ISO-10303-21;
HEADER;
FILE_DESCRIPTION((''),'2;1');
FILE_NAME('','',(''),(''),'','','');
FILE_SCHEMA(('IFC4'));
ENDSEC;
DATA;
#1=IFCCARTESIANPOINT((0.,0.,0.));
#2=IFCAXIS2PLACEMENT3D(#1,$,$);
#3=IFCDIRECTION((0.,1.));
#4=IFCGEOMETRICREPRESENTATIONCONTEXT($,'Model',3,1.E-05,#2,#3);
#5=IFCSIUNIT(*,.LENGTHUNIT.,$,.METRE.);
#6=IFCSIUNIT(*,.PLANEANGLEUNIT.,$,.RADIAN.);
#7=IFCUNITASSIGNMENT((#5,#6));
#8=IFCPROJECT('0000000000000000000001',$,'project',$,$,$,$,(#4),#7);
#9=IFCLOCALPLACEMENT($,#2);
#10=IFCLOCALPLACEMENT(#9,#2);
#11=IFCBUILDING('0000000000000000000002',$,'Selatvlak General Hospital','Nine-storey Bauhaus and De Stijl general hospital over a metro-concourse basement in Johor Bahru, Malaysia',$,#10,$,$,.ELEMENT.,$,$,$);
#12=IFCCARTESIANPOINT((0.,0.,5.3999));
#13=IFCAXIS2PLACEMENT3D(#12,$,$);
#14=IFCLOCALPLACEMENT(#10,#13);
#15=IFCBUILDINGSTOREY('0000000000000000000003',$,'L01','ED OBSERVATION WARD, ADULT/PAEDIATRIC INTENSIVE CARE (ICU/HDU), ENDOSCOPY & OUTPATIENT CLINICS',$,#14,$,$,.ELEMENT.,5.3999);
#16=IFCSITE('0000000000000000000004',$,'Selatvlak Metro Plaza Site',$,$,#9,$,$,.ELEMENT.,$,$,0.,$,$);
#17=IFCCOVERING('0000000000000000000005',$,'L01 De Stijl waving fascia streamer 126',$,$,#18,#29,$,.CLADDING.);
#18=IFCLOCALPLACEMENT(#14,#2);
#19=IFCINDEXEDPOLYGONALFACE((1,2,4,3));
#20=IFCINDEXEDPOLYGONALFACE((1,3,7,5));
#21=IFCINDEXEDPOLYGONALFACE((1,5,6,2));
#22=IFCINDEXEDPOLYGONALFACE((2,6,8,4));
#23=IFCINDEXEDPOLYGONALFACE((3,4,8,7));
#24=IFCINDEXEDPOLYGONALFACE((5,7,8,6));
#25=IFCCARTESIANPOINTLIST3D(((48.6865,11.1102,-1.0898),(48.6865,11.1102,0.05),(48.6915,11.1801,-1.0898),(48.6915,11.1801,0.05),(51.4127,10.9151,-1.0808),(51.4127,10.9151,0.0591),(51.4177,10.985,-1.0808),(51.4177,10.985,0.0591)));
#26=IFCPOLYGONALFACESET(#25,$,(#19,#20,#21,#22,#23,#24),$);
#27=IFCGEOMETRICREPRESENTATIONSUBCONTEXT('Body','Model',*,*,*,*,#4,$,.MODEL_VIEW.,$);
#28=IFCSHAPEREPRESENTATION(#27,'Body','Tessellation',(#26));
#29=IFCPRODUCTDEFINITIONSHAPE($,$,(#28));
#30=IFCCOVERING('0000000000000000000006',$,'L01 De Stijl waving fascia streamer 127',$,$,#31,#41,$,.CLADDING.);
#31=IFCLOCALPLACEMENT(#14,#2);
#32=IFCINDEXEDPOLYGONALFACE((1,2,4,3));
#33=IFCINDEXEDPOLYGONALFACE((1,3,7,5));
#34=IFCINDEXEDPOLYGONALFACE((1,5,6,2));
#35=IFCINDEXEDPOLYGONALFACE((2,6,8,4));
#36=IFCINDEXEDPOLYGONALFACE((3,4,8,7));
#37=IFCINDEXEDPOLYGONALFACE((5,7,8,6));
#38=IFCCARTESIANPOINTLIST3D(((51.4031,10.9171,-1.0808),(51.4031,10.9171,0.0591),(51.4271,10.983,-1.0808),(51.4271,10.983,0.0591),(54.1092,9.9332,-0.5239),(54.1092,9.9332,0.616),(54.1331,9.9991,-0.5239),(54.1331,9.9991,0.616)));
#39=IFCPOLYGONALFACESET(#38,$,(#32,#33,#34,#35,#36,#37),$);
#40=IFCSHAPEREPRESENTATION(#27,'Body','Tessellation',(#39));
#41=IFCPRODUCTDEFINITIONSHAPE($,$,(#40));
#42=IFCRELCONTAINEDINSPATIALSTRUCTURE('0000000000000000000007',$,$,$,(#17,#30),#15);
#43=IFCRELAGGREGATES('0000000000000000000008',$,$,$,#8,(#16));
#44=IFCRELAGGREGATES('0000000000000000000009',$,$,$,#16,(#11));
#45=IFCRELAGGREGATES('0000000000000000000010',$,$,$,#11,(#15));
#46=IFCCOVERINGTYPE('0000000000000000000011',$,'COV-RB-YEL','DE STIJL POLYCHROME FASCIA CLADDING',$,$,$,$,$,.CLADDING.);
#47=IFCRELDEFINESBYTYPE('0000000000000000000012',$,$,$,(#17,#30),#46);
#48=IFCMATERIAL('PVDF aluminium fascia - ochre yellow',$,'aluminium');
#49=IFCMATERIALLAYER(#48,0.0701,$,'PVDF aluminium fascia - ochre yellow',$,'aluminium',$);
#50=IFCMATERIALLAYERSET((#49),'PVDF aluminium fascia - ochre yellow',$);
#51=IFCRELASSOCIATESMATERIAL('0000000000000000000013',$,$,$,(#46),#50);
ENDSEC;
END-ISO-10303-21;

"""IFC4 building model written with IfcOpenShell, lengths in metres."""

from ifc_helpers import new_model, si_unit, direction, frame, origin, place, context, subcontext, project, spatial, polyline, outline, extrude, material, layer, layer_set, type_object, element, save


model = new_model("IFC4")

# Units and contexts
model_context = context("Model", 3, precision=1e-05, world=origin(), true_north=direction((0.0, 1.0)))
body_context = subcontext(model_context, "Body", "Model", "MODEL_VIEW")
ifc_project = project(units=[si_unit("LENGTHUNIT", "METRE"), si_unit("PLANEANGLEUNIT", "RADIAN")], contexts=[model_context])

# Site, building, storey
site_placement = place(None, origin())
site = spatial("IfcSite", under=ifc_project, at=site_placement, Name="Selatvlak Metro Plaza Site", CompositionType="ELEMENT", RefElevation=0.0)
building_placement = place(site_placement, origin())
building = spatial("IfcBuilding", under=site, at=building_placement, Name="Selatvlak General Hospital", Description="Nine-storey Bauhaus and De Stijl general hospital over a metro-concourse basement in Johor Bahru, Malaysia", CompositionType="ELEMENT")
storey_placement = place(building_placement, frame((0.0, 0.0, 5.3999)))
storey = spatial("IfcBuildingStorey", under=building, at=storey_placement, Name="L01", Description="ED OBSERVATION WARD, ADULT/PAEDIATRIC INTENSIVE CARE (ICU/HDU), ENDOSCOPY & OUTPATIENT CLINICS", CompositionType="ELEMENT", Elevation=5.3999)

# Coverings
ifc_material_1 = material(Name="PVDF aluminium fascia - ochre yellow", Category="aluminium")
ifc_layer_1 = layer(ifc_material_1, 0.0701, Name="PVDF aluminium fascia - ochre yellow", Category="aluminium")
ifc_layer_set_1 = layer_set([ifc_layer_1], Name="PVDF aluminium fascia - ochre yellow")
covering_type = type_object("IfcCoveringType", Name="COV-RB-YEL", Description="DE STIJL POLYCHROME FASCIA CLADDING", PredefinedType="CLADDING", material=ifc_layer_set_1)
covering_1_placement = place(storey_placement, frame((48.689, 11.145, -1.0898), z_axis=(0.0, 0.0, 1.0), x_axis=(0.99745, -0.071374, 0.0)))
element("IfcCovering", 1, at=covering_1_placement, inside=storey, type_object=covering_type, Name="L01 De Stijl waving fascia streamer 126", PredefinedType="CLADDING", context=body_context, shape_type="SweptSolid", body=[
    extrude(outline(polyline([(0.0, 0.0), (2.7332, 0.009), (2.7332, 1.1489), (0.0, 1.1399), (0.0, 0.0)])), frame((0.0, 0.0352, 0.0), z_axis=(0.0, -1.0, 0.0), x_axis=(1.0, 0.0, 0.0)), (0.0, 0.0, 1.0), 0.0701),
])
covering_2_placement = place(storey_placement, frame((51.415, 10.95, -1.0808), z_axis=(0.0, 0.0, 1.0), x_axis=(0.939808, -0.341702, 0.0)))
element("IfcCovering", 2, at=covering_2_placement, inside=storey, type_object=covering_type, Name="L01 De Stijl waving fascia streamer 127", PredefinedType="CLADDING", context=body_context, shape_type="SweptSolid", body=[
    extrude(outline(polyline([(0.0, 0.0), (2.8794, 0.5569), (2.8794, 1.6968), (0.0, 1.1399), (0.0, 0.0)])), frame((0.0, 0.0352, 0.0), z_axis=(0.0, -1.0, 0.0), x_axis=(1.0, 0.0, 0.0)), (0.0, 0.0, 1.0), 0.0701),
])

save(model, "model.ifc")
